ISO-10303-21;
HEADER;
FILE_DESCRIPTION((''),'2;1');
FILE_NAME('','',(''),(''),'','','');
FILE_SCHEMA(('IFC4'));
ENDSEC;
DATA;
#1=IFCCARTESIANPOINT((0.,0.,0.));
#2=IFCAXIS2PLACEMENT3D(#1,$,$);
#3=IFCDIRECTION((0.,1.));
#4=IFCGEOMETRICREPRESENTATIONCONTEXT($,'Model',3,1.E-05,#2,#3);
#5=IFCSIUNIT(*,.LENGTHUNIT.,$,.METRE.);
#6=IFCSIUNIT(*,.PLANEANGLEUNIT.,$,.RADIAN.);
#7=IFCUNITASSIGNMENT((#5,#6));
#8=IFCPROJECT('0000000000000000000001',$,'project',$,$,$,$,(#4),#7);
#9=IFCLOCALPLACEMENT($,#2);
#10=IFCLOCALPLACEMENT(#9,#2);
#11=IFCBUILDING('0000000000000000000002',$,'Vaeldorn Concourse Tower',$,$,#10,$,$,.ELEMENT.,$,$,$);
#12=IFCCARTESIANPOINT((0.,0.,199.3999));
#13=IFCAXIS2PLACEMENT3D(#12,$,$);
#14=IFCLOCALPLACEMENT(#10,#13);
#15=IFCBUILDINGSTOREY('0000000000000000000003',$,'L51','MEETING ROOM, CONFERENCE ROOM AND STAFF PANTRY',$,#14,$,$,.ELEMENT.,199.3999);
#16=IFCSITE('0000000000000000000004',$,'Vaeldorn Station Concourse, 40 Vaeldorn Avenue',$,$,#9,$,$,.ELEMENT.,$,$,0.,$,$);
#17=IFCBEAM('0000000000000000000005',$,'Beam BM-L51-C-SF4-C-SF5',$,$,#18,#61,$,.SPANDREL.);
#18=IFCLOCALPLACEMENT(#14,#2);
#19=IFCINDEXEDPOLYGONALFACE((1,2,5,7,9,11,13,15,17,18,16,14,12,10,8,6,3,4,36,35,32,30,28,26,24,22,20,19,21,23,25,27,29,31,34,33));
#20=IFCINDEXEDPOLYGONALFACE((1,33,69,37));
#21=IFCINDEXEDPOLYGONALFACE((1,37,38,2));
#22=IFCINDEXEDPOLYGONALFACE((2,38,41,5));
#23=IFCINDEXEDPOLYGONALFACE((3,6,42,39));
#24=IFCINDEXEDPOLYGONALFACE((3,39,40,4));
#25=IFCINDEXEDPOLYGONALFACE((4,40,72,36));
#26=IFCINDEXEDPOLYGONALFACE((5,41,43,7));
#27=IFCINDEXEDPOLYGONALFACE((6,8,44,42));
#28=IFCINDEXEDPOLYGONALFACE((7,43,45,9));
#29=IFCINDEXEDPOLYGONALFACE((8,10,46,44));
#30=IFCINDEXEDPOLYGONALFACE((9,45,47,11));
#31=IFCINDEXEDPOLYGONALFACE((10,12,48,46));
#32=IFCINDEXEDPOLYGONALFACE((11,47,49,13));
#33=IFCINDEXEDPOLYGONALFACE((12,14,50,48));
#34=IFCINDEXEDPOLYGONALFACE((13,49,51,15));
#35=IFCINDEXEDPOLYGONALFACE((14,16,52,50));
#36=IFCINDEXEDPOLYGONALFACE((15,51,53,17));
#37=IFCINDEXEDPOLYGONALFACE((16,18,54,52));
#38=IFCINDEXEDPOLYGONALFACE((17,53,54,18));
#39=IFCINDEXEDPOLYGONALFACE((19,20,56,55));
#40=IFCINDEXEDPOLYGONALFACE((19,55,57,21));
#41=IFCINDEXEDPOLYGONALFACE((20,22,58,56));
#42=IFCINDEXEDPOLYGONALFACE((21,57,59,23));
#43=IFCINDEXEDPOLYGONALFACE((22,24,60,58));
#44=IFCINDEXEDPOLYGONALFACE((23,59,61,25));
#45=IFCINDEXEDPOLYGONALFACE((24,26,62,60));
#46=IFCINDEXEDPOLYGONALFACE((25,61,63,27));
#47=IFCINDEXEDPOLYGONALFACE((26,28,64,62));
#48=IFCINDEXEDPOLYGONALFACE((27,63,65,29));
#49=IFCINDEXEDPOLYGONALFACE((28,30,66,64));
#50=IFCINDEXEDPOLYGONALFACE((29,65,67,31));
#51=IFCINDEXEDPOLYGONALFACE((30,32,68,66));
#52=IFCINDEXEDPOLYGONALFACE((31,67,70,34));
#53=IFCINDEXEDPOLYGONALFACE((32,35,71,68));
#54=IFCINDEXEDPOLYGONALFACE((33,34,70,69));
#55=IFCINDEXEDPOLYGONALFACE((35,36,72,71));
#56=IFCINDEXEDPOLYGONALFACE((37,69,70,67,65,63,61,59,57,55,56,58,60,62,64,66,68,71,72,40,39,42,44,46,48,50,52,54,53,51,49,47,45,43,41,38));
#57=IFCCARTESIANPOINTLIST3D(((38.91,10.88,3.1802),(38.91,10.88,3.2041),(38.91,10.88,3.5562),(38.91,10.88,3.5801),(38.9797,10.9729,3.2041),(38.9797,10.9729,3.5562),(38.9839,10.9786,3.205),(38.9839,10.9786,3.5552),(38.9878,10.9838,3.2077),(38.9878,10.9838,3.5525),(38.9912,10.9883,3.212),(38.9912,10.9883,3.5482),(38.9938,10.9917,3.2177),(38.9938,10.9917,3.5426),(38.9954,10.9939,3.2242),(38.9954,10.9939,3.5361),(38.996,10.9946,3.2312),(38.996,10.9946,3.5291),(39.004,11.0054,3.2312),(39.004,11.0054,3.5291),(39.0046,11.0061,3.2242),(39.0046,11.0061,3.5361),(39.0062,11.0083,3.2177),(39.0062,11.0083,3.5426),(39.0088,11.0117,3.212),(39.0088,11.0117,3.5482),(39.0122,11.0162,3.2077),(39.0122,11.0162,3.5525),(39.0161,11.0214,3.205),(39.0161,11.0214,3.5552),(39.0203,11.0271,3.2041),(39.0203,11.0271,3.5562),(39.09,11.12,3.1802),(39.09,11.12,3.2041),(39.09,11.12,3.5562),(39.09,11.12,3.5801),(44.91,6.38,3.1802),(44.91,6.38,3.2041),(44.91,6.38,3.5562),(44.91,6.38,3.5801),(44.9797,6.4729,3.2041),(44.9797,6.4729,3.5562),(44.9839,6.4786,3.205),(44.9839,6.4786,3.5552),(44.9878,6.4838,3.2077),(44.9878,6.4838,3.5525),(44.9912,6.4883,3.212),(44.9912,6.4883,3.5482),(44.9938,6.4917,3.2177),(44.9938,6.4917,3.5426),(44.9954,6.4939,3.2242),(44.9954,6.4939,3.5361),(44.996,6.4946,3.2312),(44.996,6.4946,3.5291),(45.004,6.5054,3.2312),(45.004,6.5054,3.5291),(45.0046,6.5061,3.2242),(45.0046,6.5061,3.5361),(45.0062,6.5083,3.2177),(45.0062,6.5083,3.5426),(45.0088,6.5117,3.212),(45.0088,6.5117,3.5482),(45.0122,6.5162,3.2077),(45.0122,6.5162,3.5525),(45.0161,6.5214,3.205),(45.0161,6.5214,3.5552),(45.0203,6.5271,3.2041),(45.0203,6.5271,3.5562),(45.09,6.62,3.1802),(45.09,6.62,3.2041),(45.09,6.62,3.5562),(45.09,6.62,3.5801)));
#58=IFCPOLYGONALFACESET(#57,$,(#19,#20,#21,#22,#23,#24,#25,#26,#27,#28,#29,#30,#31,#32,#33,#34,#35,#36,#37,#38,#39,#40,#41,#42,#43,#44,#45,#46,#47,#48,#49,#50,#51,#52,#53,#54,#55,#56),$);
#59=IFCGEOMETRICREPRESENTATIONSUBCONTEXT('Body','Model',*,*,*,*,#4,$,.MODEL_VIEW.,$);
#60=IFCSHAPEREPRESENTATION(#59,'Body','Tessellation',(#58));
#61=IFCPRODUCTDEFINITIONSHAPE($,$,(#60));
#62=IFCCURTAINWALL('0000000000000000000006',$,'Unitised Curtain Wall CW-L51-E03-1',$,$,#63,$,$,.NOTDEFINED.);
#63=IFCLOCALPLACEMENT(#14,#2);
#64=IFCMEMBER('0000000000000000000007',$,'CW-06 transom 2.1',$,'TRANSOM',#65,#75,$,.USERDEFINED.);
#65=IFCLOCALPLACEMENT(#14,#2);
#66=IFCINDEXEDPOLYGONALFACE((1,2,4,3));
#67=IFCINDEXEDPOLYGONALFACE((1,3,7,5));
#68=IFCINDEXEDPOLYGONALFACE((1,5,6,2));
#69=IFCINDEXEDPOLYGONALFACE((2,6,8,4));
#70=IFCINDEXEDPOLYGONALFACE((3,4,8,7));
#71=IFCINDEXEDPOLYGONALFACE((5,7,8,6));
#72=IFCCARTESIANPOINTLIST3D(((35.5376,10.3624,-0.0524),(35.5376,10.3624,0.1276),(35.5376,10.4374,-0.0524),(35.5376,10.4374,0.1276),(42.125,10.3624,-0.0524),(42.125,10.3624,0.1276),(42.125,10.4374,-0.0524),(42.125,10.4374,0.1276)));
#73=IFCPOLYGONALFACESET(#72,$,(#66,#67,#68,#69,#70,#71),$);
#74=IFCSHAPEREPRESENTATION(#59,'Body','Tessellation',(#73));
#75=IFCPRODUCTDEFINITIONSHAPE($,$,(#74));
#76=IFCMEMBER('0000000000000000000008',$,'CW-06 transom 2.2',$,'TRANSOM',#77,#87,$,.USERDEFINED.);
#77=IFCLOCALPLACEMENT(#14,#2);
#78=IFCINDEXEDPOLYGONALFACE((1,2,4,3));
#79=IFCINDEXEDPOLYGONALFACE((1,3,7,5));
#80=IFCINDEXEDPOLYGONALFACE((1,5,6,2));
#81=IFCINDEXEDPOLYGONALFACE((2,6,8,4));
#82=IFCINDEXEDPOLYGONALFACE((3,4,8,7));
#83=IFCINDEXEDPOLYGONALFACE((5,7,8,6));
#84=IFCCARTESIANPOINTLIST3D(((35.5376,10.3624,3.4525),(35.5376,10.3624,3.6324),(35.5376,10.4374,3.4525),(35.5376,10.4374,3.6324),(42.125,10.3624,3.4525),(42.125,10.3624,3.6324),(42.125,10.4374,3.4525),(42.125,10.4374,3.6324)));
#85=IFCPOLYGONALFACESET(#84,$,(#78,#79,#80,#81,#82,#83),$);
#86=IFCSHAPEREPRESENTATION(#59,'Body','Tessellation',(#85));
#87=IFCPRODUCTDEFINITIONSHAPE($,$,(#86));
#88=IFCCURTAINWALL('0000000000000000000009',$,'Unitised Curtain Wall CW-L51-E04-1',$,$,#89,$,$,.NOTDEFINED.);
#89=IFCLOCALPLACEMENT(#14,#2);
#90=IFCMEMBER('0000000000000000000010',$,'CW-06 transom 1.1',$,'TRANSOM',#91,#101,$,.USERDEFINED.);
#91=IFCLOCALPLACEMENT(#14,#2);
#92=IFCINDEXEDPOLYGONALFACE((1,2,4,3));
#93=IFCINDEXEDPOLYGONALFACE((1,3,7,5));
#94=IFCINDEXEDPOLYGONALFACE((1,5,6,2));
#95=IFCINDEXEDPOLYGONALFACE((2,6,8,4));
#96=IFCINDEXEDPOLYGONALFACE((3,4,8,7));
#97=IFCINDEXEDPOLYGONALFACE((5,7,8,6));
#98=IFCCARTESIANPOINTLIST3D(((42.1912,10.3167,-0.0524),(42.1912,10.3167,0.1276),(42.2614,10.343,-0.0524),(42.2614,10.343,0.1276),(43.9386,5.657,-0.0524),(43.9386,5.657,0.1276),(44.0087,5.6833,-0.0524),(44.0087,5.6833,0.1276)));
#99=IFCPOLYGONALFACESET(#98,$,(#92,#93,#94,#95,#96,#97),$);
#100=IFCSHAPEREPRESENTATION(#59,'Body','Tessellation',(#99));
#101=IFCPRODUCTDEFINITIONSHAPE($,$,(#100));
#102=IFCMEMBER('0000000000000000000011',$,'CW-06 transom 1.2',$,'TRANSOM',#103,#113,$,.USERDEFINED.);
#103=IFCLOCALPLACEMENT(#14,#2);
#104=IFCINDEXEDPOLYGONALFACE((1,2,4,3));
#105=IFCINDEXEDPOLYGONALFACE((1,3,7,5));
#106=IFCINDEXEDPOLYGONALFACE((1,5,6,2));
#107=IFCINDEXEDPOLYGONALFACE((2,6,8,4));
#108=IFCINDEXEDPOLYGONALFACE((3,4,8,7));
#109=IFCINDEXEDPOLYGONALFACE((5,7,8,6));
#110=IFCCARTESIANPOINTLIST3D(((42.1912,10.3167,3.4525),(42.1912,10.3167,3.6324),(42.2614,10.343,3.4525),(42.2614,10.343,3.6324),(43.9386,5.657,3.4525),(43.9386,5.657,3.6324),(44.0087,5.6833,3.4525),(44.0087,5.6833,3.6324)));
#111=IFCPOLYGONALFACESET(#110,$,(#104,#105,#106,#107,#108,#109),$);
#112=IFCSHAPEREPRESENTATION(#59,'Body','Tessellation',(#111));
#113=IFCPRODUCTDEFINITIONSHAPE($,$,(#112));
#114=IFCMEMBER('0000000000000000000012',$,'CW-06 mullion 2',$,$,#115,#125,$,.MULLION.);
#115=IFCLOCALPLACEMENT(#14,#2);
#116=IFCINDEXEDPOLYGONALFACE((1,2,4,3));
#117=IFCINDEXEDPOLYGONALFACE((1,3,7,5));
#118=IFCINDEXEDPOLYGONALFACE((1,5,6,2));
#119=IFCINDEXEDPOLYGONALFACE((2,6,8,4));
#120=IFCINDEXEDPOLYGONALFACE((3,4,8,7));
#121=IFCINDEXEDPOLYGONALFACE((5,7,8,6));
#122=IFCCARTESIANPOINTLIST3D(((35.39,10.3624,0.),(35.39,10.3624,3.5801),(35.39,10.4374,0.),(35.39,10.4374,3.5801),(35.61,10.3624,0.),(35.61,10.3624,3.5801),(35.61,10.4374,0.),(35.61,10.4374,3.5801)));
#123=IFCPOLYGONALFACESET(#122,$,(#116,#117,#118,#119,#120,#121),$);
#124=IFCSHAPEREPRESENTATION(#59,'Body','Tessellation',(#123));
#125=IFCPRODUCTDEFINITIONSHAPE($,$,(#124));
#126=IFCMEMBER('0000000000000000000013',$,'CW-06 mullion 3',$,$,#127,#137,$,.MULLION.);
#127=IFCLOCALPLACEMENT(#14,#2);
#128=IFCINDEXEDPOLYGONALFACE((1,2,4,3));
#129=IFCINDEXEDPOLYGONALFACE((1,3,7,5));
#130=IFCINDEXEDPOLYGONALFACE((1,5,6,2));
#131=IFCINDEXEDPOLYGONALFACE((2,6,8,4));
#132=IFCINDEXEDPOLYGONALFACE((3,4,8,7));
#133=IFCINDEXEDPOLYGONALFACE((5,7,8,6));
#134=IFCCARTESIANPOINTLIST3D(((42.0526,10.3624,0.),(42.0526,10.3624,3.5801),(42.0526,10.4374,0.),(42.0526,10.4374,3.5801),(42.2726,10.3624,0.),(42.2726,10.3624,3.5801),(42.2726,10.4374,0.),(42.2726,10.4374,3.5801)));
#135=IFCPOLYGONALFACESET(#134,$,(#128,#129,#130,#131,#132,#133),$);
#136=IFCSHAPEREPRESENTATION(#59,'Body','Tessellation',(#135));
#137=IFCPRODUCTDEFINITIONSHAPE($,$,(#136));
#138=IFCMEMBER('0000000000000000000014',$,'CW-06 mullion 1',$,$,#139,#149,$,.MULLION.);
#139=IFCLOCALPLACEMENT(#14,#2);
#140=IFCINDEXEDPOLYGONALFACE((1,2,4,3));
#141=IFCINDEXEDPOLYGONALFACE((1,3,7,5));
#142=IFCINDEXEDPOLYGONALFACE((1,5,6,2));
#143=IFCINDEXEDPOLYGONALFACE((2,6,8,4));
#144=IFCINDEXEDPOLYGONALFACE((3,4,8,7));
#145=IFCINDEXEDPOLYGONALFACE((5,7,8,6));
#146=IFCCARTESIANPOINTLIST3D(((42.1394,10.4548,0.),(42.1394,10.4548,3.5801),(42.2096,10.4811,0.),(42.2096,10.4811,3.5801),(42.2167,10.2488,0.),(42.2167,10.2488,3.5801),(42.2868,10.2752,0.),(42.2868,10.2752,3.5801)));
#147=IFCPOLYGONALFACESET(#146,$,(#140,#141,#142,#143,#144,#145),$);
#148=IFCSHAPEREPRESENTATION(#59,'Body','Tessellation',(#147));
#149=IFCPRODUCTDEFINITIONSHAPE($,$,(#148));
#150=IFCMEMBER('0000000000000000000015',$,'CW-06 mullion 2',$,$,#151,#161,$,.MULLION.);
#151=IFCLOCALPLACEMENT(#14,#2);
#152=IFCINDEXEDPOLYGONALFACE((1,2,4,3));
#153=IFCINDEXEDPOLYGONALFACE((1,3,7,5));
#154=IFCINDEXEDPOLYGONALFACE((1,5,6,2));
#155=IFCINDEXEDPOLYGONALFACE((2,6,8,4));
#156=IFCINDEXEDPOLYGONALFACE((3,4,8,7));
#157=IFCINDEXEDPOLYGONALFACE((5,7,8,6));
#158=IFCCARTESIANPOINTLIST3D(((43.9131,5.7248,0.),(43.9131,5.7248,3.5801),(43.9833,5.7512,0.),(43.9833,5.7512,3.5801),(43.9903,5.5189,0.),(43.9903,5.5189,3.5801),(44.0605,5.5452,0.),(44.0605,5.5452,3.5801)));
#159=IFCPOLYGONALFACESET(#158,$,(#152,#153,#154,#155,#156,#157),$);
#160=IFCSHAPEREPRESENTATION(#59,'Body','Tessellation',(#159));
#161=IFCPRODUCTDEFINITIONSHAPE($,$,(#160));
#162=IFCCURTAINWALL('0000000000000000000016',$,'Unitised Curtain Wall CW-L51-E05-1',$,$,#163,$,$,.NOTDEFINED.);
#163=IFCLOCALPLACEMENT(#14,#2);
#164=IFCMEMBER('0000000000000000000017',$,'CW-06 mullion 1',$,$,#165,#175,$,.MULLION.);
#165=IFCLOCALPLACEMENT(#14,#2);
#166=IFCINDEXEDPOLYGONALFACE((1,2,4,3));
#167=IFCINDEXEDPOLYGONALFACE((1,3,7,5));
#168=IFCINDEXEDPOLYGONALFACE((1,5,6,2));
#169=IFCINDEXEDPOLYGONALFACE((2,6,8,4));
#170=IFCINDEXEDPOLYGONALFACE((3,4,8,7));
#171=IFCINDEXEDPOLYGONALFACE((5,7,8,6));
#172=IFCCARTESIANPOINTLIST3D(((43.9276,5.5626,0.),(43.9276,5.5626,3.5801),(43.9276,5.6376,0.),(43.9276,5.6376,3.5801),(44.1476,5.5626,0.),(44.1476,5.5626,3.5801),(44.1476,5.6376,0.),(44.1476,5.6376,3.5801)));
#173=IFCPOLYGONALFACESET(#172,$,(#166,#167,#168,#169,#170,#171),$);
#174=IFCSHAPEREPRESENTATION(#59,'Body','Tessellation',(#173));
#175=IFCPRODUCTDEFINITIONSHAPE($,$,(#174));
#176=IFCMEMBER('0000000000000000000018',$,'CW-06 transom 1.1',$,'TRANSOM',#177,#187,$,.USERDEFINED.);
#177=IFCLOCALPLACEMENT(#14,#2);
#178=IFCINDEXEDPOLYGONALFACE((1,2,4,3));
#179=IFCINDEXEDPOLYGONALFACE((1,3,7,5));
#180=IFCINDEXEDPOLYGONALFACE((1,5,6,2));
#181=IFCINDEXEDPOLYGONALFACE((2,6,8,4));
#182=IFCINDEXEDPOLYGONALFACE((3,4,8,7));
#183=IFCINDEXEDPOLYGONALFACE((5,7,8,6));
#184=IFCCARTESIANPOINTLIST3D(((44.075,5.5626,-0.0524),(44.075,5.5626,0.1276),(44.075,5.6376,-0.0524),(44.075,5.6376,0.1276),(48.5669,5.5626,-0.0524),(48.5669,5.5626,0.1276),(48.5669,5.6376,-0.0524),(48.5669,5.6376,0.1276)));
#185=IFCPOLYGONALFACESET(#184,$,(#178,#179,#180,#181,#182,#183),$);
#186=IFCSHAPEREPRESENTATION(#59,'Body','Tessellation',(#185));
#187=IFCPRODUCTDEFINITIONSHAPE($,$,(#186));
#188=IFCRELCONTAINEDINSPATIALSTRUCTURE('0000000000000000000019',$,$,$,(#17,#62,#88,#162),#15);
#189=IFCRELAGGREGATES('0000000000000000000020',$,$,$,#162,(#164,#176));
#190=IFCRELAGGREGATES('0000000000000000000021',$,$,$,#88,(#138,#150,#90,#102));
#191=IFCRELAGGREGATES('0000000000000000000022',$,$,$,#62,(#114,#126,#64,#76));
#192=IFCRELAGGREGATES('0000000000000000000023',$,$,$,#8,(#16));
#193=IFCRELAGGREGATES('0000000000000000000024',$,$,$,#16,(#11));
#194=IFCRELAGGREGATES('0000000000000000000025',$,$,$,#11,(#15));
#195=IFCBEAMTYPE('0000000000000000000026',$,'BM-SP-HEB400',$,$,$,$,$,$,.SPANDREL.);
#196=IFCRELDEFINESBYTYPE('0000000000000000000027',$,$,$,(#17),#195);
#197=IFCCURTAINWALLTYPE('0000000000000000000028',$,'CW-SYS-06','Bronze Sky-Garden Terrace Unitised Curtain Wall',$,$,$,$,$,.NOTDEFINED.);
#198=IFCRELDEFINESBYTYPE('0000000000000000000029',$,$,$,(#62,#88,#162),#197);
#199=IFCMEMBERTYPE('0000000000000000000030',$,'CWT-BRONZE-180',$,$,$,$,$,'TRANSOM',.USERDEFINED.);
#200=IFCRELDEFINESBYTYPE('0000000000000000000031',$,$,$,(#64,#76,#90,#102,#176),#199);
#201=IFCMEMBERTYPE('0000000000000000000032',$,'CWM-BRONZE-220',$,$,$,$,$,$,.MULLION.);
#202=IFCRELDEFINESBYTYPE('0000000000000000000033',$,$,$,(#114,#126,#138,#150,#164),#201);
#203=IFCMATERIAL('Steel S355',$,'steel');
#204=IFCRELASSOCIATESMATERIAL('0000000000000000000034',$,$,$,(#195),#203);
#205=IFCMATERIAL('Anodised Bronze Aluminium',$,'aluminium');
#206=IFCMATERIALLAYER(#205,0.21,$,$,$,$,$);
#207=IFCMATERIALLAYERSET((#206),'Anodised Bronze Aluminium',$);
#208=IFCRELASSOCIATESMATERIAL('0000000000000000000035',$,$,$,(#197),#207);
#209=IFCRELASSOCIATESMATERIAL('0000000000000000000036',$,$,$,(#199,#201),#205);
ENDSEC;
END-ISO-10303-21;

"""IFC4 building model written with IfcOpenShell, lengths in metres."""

from ifc_helpers import new_model, si_unit, direction, frame, origin, origin_2d, place, context, subcontext, project, spatial, rectangle, i_section, extrude, source, transform, mapped, material, layer, layer_set, material_profile, profile_set, type_object, element, aggregate, save


model = new_model("IFC4")

# Units and contexts
model_context = context("Model", 3, precision=1e-05, world=origin(), true_north=direction((0.0, 1.0)))
body_context = subcontext(model_context, "Body", "Model", "MODEL_VIEW")
ifc_project = project(units=[si_unit("LENGTHUNIT", "METRE"), si_unit("PLANEANGLEUNIT", "RADIAN")], contexts=[model_context])

# Site, building, storey
site_placement = place(None, origin())
site = spatial("IfcSite", under=ifc_project, at=site_placement, Name="Vaeldorn Station Concourse, 40 Vaeldorn Avenue", CompositionType="ELEMENT", RefElevation=0.0)
building_placement = place(site_placement, origin())
building = spatial("IfcBuilding", under=site, at=building_placement, Name="Vaeldorn Concourse Tower", CompositionType="ELEMENT")
storey_placement = place(building_placement, frame((0.0, 0.0, 199.3999)))
storey = spatial("IfcBuildingStorey", under=building, at=storey_placement, Name="L51", Description="MEETING ROOM, CONFERENCE ROOM AND STAFF PANTRY", CompositionType="ELEMENT", Elevation=199.3999)

# Shared definitions
ifc_material_1 = material(Name="Steel S355", Category="steel")

# Beam
ifc_material_profile_1 = material_profile(ifc_material_1, i_section(OverallWidth=0.3, OverallDepth=0.3999, WebThickness=0.0134, FlangeThickness=0.0239, FilletRadius=0.0271, at=origin_2d()), Name="HEB 400")
ifc_profile_set_1 = profile_set([ifc_material_profile_1], Name="Steel S355")
beam_type_1 = type_object("IfcBeamType", Name="BM-SP-HEB400", PredefinedType="SPANDREL", material=ifc_profile_set_1)
shared_shape_1 = source(origin(), body_context, "Body", "SweptSolid", [
    extrude(i_section(OverallWidth=0.3, OverallDepth=0.3999, WebThickness=0.0134, FlangeThickness=0.0239, FilletRadius=0.0271, at=origin_2d()), origin(), (0.0, 0.0, 1.0), 7.5),
])
beam_1_placement = place(storey_placement, frame((39.0, 11.0, 3.3801), z_axis=(0.8, -0.6, 0.0), x_axis=(0.6, 0.8, 0.0)))
element("IfcBeam", 1, at=beam_1_placement, inside=storey, type_object=beam_type_1, Name="Beam BM-L51-C-SF4-C-SF5", PredefinedType="SPANDREL", context=body_context, shape_type="MappedRepresentation", body=[
    mapped(shared_shape_1, transform((0.0, 0.0, 0.0), scale=1.0)),
])

# Curtain walls, members
ifc_material_2 = material(Name="Anodised Bronze Aluminium", Category="aluminium")
ifc_layer_1 = layer(ifc_material_2, 0.21)
ifc_layer_set_1 = layer_set([ifc_layer_1], Name="Anodised Bronze Aluminium")
curtain_wall_type = type_object("IfcCurtainWallType", Name="CW-SYS-06", Description="Bronze Sky-Garden Terrace Unitised Curtain Wall", PredefinedType="NOTDEFINED", material=ifc_layer_set_1)
curtain_wall_1_placement = place(storey_placement, origin())
curtain_wall_1 = element("IfcCurtainWall", 2, at=curtain_wall_1_placement, inside=storey, type_object=curtain_wall_type, Name="Unitised Curtain Wall CW-L51-E03-1", PredefinedType="NOTDEFINED")
ifc_material_profile_2 = material_profile(ifc_material_2, rectangle(XDim=0.075, YDim=0.1799, at=origin_2d()), Name="CWT 75x180")
ifc_profile_set_2 = profile_set([ifc_material_profile_2], Name="Anodised Bronze Aluminium")
member_type_1 = type_object("IfcMemberType", Name="CWT-BRONZE-180", ElementType="TRANSOM", PredefinedType="USERDEFINED", material=ifc_profile_set_2)
shared_shape_2 = source(origin(), body_context, "Body", "SweptSolid", [
    extrude(rectangle(XDim=0.075, YDim=0.1799, at=origin_2d()), origin(), (0.0, 0.0, 1.0), 6.5874),
])
member_1_placement = place(storey_placement, frame((35.5376, 10.3999, 0.0376), z_axis=(1.0, 0.0, 0.0), x_axis=(0.0, 1.0, 0.0)))
member_1 = element("IfcMember", 3, at=member_1_placement, type_object=member_type_1, Name="CW-06 transom 2.1", ObjectType="TRANSOM", PredefinedType="USERDEFINED", context=body_context, shape_type="MappedRepresentation", body=[
    mapped(shared_shape_2, transform((0.0, 0.0, 0.0), scale=1.0)),
])
member_2_placement = place(storey_placement, frame((35.5376, 10.3999, 3.5425), z_axis=(1.0, 0.0, 0.0), x_axis=(0.0, 1.0, 0.0)))
member_2 = element("IfcMember", 4, at=member_2_placement, type_object=member_type_1, Name="CW-06 transom 2.2", ObjectType="TRANSOM", PredefinedType="USERDEFINED", context=body_context, shape_type="MappedRepresentation", body=[
    mapped(shared_shape_2, transform((0.0, 0.0, 0.0), scale=1.0)),
])
curtain_wall_2_placement = place(storey_placement, origin())
curtain_wall_2 = element("IfcCurtainWall", 5, at=curtain_wall_2_placement, inside=storey, type_object=curtain_wall_type, Name="Unitised Curtain Wall CW-L51-E04-1", PredefinedType="NOTDEFINED")
shared_shape_3 = source(origin(), body_context, "Body", "SweptSolid", [
    extrude(rectangle(XDim=0.075, YDim=0.1799, at=origin_2d()), origin(), (0.0, 0.0, 1.0), 4.9766),
])
member_3_placement = place(storey_placement, frame((42.2263, 10.3298, 0.0376), z_axis=(0.351113, -0.936333, 0.0), x_axis=(0.936333, 0.351113, 0.0)))
member_3 = element("IfcMember", 6, at=member_3_placement, type_object=member_type_1, Name="CW-06 transom 1.1", ObjectType="TRANSOM", PredefinedType="USERDEFINED", context=body_context, shape_type="MappedRepresentation", body=[
    mapped(shared_shape_3, transform((0.0, 0.0, 0.0), scale=1.0)),
])
member_4_placement = place(storey_placement, frame((42.2263, 10.3298, 3.5425), z_axis=(0.351113, -0.936333, 0.0), x_axis=(0.936333, 0.351113, 0.0)))
member_4 = element("IfcMember", 7, at=member_4_placement, type_object=member_type_1, Name="CW-06 transom 1.2", ObjectType="TRANSOM", PredefinedType="USERDEFINED", context=body_context, shape_type="MappedRepresentation", body=[
    mapped(shared_shape_3, transform((0.0, 0.0, 0.0), scale=1.0)),
])

# Members
ifc_material_profile_3 = material_profile(ifc_material_2, rectangle(XDim=0.075, YDim=0.22, at=origin_2d()), Name="CWM 75x220")
ifc_profile_set_3 = profile_set([ifc_material_profile_3], Name="Anodised Bronze Aluminium")
member_type_2 = type_object("IfcMemberType", Name="CWM-BRONZE-220", PredefinedType="MULLION", material=ifc_profile_set_3)
shared_shape_4 = source(origin(), body_context, "Body", "SweptSolid", [
    extrude(rectangle(XDim=0.075, YDim=0.22, at=origin_2d()), origin(), (0.0, 0.0, 1.0), 3.5801),
])
member_5_placement = place(storey_placement, frame((35.5, 10.3999, 0.0), z_axis=(0.0, 0.0, 1.0), x_axis=(0.0, 1.0, 0.0)))
member_5 = element("IfcMember", 8, at=member_5_placement, type_object=member_type_2, Name="CW-06 mullion 2", PredefinedType="MULLION", context=body_context, shape_type="MappedRepresentation", body=[
    mapped(shared_shape_4, transform((0.0, 0.0, 0.0), scale=1.0)),
])
member_6_placement = place(storey_placement, frame((42.1626, 10.3999, 0.0), z_axis=(0.0, 0.0, 1.0), x_axis=(0.0, 1.0, 0.0)))
member_6 = element("IfcMember", 9, at=member_6_placement, type_object=member_type_2, Name="CW-06 mullion 3", PredefinedType="MULLION", context=body_context, shape_type="MappedRepresentation", body=[
    mapped(shared_shape_4, transform((0.0, 0.0, 0.0), scale=1.0)),
])
member_7_placement = place(storey_placement, frame((42.2131, 10.365, 0.0), z_axis=(0.0, 0.0, 1.0), x_axis=(0.936329, 0.351123, 0.0)))
member_7 = element("IfcMember", 10, at=member_7_placement, type_object=member_type_2, Name="CW-06 mullion 1", PredefinedType="MULLION", context=body_context, shape_type="MappedRepresentation", body=[
    mapped(shared_shape_4, transform((0.0, 0.0, 0.0), scale=1.0)),
])
member_8_placement = place(storey_placement, frame((43.9868, 5.635, 0.0), z_axis=(0.0, 0.0, 1.0), x_axis=(0.936329, 0.351123, 0.0)))
member_8 = element("IfcMember", 11, at=member_8_placement, type_object=member_type_2, Name="CW-06 mullion 2", PredefinedType="MULLION", context=body_context, shape_type="MappedRepresentation", body=[
    mapped(shared_shape_4, transform((0.0, 0.0, 0.0), scale=1.0)),
])

# Curtain wall, members
curtain_wall_3_placement = place(storey_placement, origin())
curtain_wall_3 = element("IfcCurtainWall", 12, at=curtain_wall_3_placement, inside=storey, type_object=curtain_wall_type, Name="Unitised Curtain Wall CW-L51-E05-1", PredefinedType="NOTDEFINED")
member_9_placement = place(storey_placement, frame((44.0376, 5.6001, 0.0), z_axis=(0.0, 0.0, 1.0), x_axis=(0.0, 1.0, 0.0)))
member_9 = element("IfcMember", 13, at=member_9_placement, type_object=member_type_2, Name="CW-06 mullion 1", PredefinedType="MULLION", context=body_context, shape_type="MappedRepresentation", body=[
    mapped(shared_shape_4, transform((0.0, 0.0, 0.0), scale=1.0)),
])
shared_shape_5 = source(origin(), body_context, "Body", "SweptSolid", [
    extrude(rectangle(XDim=0.075, YDim=0.1799, at=origin_2d()), origin(), (0.0, 0.0, 1.0), 4.4919),
])
member_10_placement = place(storey_placement, frame((44.075, 5.6001, 0.0376), z_axis=(1.0, 0.0, 0.0), x_axis=(0.0, 1.0, 0.0)))
member_10 = element("IfcMember", 14, at=member_10_placement, type_object=member_type_1, Name="CW-06 transom 1.1", ObjectType="TRANSOM", PredefinedType="USERDEFINED", context=body_context, shape_type="MappedRepresentation", body=[
    mapped(shared_shape_5, transform((0.0, 0.0, 0.0), scale=1.0)),
])
aggregate(curtain_wall_3, [member_9, member_10])

aggregate(curtain_wall_2, [member_7, member_8, member_3, member_4])
aggregate(curtain_wall_1, [member_5, member_6, member_1, member_2])

save(model, "model.ifc")
